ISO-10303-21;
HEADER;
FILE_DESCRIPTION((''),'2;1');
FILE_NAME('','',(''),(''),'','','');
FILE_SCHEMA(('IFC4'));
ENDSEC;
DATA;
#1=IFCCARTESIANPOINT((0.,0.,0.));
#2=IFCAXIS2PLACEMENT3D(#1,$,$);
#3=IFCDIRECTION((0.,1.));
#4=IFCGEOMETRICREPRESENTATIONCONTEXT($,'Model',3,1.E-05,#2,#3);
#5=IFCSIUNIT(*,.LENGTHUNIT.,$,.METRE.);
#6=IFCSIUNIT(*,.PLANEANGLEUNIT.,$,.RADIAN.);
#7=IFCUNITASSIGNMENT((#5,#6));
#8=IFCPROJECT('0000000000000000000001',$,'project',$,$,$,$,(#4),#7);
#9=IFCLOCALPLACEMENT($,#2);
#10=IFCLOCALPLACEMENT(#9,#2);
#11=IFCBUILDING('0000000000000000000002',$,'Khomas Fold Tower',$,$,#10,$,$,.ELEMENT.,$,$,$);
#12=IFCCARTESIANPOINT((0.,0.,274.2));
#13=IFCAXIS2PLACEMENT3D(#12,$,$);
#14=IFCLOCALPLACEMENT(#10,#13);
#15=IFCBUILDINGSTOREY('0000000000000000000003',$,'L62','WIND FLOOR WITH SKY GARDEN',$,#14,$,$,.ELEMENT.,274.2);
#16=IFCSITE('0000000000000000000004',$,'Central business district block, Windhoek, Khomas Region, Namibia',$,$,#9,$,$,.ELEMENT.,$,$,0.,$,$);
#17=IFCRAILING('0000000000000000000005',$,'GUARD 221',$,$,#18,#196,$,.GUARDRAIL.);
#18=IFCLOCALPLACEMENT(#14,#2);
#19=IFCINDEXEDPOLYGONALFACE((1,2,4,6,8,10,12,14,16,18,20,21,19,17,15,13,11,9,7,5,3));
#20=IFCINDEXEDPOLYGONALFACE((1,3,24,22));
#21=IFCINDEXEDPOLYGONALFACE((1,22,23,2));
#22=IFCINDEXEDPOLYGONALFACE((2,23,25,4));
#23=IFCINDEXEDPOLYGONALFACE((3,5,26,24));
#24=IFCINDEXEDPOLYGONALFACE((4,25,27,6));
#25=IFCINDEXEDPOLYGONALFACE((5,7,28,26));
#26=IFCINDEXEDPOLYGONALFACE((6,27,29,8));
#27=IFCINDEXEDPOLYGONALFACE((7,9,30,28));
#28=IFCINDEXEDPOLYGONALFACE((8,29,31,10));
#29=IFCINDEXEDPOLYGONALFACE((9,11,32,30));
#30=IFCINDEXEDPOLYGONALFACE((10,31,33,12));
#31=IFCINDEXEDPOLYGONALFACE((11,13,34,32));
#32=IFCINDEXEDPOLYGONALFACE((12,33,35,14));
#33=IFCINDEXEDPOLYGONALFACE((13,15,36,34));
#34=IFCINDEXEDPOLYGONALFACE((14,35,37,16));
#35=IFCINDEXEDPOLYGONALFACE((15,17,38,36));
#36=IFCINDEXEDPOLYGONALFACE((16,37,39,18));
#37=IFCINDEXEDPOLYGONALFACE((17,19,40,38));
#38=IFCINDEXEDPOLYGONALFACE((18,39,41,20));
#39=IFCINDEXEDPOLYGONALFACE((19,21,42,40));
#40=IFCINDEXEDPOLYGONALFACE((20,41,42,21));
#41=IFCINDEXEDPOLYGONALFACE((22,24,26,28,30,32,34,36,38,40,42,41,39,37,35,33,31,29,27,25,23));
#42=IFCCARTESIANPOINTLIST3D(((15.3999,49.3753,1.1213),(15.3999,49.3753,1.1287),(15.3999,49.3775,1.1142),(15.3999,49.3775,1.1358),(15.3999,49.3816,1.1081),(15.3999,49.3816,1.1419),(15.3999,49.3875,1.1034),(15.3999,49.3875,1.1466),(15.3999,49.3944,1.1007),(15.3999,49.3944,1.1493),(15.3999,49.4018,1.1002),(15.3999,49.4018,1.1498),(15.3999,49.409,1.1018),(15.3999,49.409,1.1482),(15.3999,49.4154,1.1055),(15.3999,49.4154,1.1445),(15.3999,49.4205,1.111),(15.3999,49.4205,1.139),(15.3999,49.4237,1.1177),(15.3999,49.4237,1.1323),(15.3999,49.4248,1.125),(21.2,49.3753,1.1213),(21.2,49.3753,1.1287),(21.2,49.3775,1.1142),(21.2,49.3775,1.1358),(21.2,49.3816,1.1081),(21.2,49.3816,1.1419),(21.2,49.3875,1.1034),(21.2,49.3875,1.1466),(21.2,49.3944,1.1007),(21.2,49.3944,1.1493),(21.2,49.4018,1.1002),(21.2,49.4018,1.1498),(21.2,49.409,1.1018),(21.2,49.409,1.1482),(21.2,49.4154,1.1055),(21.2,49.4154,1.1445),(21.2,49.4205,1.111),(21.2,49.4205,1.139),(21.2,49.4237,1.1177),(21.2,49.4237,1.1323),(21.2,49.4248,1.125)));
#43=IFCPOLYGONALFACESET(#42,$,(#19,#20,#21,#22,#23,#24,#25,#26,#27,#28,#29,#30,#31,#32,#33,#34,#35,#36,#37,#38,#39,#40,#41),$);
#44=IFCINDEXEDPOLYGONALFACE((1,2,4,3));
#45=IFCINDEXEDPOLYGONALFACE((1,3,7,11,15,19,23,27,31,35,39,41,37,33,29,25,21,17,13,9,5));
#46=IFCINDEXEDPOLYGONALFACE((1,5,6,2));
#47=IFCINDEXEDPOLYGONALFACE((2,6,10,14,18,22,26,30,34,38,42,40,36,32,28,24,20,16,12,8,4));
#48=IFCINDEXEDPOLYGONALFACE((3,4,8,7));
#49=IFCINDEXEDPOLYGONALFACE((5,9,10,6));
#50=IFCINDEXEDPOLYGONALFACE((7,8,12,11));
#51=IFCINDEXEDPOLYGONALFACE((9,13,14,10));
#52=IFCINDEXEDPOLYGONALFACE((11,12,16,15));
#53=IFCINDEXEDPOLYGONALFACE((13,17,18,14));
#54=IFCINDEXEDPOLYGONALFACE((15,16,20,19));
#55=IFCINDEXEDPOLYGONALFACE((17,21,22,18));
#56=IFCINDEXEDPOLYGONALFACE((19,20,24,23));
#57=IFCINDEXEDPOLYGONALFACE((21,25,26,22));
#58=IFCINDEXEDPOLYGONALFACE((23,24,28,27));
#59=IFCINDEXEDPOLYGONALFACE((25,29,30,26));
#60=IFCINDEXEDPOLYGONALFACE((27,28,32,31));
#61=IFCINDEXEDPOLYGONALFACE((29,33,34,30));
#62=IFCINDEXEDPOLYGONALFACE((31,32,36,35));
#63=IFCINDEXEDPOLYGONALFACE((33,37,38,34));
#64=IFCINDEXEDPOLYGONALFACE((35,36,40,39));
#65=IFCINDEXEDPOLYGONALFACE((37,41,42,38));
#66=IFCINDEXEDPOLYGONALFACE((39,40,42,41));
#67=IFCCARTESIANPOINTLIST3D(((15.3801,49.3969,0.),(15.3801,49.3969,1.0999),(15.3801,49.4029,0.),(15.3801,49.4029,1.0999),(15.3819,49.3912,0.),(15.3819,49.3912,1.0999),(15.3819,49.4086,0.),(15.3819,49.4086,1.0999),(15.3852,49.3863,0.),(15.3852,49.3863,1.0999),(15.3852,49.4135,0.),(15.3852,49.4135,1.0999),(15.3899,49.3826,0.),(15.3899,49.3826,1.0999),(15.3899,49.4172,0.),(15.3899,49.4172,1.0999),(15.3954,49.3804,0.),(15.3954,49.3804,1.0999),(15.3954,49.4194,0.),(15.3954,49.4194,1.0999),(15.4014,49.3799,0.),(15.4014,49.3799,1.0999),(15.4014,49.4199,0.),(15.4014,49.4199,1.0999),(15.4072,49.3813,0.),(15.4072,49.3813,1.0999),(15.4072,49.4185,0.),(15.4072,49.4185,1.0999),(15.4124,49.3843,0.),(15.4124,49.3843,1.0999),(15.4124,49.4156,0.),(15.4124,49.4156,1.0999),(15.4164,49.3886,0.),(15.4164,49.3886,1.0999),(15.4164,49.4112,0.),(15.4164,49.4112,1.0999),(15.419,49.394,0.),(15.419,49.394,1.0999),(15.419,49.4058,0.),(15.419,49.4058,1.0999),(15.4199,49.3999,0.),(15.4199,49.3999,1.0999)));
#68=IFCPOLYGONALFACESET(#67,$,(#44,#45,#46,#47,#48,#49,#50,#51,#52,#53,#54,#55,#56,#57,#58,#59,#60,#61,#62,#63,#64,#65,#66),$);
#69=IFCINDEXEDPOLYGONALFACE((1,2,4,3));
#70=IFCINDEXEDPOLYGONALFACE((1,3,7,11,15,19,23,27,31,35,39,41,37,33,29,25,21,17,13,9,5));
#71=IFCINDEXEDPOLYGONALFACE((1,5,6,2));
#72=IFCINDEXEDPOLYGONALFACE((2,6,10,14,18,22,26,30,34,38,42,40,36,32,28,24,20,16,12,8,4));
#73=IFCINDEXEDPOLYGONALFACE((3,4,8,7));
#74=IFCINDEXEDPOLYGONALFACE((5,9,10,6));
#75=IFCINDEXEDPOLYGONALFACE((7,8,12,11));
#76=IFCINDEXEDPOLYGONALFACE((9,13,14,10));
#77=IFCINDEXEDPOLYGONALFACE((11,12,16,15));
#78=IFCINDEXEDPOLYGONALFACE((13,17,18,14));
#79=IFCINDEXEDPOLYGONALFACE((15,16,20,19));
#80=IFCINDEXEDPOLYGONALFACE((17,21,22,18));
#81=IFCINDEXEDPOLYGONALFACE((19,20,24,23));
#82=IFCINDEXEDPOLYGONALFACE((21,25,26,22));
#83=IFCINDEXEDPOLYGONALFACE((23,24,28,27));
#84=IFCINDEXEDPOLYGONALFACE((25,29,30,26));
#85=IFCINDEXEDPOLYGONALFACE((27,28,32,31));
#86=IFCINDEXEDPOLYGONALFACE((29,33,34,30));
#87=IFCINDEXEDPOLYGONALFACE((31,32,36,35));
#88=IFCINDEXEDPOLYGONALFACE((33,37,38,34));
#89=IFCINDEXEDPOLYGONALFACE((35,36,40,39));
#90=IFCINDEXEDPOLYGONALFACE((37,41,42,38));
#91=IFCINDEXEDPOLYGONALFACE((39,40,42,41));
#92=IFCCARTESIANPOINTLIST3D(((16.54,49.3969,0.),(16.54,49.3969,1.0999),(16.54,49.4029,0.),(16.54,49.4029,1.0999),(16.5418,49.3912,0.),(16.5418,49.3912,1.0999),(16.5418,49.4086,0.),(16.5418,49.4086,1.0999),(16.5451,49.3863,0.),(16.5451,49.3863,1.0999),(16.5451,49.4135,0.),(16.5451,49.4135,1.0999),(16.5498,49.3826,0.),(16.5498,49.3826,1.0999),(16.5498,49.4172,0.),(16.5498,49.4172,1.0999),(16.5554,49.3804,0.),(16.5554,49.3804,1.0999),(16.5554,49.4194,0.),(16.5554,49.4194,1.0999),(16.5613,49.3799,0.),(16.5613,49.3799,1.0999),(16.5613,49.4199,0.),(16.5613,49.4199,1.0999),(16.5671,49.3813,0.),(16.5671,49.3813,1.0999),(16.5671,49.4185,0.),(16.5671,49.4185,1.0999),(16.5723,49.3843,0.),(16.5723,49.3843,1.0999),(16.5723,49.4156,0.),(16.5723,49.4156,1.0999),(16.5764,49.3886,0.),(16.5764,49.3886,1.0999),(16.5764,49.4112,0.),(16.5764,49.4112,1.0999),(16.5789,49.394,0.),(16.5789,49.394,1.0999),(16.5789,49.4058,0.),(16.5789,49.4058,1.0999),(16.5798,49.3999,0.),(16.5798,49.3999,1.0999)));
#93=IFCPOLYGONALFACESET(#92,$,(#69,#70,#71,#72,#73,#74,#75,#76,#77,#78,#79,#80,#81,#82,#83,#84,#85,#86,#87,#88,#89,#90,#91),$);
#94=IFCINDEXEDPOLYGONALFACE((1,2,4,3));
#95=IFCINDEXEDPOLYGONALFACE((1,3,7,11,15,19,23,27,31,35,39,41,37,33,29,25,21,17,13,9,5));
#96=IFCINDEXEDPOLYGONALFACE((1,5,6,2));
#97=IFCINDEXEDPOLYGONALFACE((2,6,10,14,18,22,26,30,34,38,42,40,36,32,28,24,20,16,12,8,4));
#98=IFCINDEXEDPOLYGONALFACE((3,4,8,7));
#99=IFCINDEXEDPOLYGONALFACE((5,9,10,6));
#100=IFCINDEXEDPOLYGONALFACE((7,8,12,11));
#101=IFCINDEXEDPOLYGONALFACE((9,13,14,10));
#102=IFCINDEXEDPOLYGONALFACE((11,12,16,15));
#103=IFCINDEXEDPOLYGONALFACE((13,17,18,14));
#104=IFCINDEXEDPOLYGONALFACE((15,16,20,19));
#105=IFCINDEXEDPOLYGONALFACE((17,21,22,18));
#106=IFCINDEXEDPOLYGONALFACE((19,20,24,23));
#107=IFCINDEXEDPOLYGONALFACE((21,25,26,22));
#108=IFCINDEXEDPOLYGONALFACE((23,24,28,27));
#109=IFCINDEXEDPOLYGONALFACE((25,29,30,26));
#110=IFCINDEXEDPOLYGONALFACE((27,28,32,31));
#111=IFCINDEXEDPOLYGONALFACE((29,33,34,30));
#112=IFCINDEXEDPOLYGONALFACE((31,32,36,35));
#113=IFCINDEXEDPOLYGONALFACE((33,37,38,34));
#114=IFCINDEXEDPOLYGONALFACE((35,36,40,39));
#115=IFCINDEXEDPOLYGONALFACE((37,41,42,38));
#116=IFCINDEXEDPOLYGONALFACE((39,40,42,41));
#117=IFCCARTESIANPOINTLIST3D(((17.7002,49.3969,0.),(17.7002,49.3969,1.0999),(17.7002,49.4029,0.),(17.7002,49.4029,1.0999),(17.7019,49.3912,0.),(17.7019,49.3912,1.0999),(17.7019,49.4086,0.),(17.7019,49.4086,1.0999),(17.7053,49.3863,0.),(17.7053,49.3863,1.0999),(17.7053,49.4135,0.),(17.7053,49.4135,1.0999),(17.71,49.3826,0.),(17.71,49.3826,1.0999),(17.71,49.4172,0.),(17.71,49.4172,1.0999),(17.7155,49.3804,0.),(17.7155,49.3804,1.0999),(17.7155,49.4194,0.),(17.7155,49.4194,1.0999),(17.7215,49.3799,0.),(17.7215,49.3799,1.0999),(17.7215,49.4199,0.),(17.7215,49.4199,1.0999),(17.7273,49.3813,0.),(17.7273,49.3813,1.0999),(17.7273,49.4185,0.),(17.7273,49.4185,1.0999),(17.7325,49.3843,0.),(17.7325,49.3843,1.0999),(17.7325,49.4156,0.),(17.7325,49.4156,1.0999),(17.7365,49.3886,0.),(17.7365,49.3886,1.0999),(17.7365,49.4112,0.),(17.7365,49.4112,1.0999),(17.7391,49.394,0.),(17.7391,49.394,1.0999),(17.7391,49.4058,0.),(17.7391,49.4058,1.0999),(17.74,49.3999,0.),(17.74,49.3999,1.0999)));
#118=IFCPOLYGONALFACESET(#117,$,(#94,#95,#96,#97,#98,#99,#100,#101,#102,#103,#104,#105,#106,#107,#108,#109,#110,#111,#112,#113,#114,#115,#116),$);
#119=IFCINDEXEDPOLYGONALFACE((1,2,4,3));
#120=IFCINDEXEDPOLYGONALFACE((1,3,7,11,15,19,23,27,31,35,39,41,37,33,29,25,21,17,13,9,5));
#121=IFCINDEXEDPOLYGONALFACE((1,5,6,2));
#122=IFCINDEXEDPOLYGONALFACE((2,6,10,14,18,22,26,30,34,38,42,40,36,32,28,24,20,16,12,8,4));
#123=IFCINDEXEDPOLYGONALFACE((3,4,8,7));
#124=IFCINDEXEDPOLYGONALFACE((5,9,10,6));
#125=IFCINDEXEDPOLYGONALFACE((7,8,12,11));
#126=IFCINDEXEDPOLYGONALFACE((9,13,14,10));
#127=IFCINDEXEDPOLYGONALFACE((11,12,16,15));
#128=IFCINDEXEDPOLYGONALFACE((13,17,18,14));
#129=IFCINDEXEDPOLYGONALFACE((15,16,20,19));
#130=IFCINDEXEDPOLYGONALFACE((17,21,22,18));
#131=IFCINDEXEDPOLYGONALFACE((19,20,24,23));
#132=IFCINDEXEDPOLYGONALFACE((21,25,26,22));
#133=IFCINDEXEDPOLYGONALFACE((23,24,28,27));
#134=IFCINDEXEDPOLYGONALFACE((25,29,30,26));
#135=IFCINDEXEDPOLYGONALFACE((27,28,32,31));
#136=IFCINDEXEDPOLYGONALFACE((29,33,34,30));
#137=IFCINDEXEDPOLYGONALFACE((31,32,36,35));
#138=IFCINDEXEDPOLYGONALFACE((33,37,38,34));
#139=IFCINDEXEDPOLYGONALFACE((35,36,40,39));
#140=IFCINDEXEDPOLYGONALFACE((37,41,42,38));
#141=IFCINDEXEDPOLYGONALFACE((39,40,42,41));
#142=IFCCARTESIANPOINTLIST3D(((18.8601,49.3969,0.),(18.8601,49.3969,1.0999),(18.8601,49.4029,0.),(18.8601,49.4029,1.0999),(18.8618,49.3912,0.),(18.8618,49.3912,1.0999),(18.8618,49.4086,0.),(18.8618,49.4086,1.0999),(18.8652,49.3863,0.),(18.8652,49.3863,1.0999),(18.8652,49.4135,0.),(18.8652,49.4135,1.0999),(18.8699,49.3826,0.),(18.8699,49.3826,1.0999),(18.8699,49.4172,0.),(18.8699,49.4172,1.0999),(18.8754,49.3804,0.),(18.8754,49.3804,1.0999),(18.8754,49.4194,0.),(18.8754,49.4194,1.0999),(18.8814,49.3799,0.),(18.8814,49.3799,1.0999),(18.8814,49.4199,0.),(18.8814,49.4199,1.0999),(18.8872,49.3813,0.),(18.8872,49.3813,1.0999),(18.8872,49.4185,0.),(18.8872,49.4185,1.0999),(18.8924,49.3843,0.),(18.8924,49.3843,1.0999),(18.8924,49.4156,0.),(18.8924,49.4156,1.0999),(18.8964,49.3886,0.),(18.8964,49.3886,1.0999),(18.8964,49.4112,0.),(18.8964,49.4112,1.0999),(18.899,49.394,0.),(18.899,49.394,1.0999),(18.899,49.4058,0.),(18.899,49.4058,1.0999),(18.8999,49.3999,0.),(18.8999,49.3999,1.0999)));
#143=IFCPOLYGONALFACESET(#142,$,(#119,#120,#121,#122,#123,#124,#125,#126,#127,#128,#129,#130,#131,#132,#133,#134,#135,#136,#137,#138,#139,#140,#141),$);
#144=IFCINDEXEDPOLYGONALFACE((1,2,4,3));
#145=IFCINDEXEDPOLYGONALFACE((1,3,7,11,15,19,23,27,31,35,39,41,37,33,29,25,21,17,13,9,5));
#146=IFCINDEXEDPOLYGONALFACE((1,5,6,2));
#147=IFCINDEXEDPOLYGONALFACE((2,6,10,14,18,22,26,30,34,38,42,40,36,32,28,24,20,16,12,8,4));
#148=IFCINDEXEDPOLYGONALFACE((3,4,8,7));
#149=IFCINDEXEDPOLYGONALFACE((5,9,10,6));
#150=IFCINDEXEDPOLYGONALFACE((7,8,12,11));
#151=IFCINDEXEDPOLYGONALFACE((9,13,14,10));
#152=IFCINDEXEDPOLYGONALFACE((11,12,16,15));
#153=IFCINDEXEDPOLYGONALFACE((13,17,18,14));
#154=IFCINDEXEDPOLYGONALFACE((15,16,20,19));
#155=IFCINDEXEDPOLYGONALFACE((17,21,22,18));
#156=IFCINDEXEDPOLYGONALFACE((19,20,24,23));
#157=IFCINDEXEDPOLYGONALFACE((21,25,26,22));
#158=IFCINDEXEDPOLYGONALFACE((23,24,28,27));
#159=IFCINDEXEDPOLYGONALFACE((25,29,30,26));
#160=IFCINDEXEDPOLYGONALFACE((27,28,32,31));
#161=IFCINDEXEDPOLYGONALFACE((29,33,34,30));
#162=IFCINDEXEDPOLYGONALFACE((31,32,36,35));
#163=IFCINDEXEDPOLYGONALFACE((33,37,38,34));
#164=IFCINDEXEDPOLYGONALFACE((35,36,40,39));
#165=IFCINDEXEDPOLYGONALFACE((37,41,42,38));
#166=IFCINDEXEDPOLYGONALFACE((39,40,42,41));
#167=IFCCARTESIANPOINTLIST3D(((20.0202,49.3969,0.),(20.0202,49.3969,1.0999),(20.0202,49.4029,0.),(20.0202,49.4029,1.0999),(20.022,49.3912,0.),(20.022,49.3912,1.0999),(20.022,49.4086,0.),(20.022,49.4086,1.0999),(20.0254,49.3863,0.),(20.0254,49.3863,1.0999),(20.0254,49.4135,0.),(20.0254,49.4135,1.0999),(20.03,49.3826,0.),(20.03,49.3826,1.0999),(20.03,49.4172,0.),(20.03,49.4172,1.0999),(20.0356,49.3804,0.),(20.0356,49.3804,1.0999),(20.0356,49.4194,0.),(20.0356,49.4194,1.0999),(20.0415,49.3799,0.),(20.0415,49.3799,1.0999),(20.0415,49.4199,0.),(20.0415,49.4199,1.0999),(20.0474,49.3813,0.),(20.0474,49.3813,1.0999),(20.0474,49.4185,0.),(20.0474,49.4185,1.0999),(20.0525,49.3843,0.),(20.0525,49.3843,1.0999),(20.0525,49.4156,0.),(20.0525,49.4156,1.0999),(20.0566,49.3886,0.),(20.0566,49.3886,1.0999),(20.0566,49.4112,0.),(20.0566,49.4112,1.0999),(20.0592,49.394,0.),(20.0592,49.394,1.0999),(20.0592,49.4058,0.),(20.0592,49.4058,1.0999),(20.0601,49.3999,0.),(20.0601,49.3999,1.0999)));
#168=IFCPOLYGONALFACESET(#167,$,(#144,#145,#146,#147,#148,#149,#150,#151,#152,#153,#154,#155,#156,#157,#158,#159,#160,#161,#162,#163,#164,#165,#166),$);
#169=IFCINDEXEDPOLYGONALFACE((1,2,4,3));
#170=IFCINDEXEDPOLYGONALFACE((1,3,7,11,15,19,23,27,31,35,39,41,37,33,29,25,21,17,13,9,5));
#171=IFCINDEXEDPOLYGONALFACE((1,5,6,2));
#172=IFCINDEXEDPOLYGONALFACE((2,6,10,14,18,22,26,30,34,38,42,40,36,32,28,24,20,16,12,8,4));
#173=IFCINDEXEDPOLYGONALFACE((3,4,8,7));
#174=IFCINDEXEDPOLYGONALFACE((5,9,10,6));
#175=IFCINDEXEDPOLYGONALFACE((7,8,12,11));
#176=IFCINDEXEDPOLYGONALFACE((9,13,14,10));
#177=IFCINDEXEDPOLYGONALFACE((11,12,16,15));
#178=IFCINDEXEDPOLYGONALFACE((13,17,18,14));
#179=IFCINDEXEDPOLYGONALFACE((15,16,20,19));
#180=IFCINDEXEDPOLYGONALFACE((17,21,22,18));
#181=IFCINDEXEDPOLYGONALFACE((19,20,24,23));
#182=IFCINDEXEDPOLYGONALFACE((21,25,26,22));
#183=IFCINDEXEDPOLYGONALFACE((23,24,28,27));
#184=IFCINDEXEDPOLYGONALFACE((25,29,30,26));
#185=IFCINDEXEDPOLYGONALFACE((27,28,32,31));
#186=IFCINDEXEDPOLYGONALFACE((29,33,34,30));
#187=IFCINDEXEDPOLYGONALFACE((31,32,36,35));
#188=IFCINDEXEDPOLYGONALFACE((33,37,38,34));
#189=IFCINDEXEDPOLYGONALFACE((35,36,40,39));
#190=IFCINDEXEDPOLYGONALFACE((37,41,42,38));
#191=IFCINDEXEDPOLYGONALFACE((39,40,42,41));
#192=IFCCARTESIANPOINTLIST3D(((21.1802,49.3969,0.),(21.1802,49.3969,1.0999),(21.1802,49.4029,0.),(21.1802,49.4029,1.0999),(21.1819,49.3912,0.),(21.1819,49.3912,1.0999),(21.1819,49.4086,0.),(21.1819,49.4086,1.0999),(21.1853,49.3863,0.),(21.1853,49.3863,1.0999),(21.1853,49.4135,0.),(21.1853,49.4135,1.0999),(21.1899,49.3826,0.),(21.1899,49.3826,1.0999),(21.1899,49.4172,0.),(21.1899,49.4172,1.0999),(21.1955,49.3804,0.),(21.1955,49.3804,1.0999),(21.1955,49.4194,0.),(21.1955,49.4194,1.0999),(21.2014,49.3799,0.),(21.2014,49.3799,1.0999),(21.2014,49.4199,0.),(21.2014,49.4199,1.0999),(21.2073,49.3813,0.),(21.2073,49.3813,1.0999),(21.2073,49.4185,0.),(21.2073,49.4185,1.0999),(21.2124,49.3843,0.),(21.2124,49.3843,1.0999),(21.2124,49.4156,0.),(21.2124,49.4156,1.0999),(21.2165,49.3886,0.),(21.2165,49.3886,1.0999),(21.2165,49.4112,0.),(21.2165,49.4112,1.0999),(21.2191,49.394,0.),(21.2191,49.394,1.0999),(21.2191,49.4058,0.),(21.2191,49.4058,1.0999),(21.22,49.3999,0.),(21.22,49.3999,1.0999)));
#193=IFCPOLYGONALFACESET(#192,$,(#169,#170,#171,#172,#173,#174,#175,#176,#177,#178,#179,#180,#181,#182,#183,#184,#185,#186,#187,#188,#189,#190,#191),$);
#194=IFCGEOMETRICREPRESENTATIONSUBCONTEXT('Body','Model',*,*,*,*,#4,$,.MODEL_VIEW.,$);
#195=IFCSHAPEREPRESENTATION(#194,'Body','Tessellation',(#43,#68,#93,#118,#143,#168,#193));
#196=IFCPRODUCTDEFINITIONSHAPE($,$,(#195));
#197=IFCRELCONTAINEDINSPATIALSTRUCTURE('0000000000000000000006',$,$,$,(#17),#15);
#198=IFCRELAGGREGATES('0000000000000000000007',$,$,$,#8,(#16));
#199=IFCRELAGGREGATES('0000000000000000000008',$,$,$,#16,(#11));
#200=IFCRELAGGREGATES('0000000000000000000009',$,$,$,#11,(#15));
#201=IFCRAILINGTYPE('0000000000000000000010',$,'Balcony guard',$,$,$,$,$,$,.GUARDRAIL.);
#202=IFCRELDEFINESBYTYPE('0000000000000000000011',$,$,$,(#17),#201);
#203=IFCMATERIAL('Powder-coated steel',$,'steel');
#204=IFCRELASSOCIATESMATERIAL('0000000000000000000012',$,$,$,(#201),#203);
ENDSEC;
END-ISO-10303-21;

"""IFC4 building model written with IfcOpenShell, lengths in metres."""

from ifc_helpers import new_model, si_unit, direction, frame, origin, origin_2d, place, context, subcontext, project, spatial, circle, extrude, source, transform, mapped, material, type_object, element, save


model = new_model("IFC4")

# Units and contexts
model_context = context("Model", 3, precision=1e-05, world=origin(), true_north=direction((0.0, 1.0)))
body_context = subcontext(model_context, "Body", "Model", "MODEL_VIEW")
ifc_project = project(units=[si_unit("LENGTHUNIT", "METRE"), si_unit("PLANEANGLEUNIT", "RADIAN")], contexts=[model_context])

# Site, building, storey
site_placement = place(None, origin())
site = spatial("IfcSite", under=ifc_project, at=site_placement, Name="Central business district block, Windhoek, Khomas Region, Namibia", CompositionType="ELEMENT", RefElevation=0.0)
building_placement = place(site_placement, origin())
building = spatial("IfcBuilding", under=site, at=building_placement, Name="Khomas Fold Tower", CompositionType="ELEMENT")
storey_placement = place(building_placement, frame((0.0, 0.0, 274.2)))
storey = spatial("IfcBuildingStorey", under=building, at=storey_placement, Name="L62", Description="WIND FLOOR WITH SKY GARDEN", CompositionType="ELEMENT", Elevation=274.2)

# Railing
ifc_material_1 = material(Name="Powder-coated steel", Category="steel")
railing_type_1 = type_object("IfcRailingType", Name="Balcony guard", PredefinedType="GUARDRAIL", material=ifc_material_1)
shared_shape_1 = source(origin(), body_context, "Body", "SweptSolid", [
    extrude(circle(Radius=0.0249, at=origin_2d()), frame((0.0, 0.0, 1.125), z_axis=(1.0, 0.0, 0.0), x_axis=(0.0, 1.0, 0.0)), (0.0, 0.0, 1.0), 5.8),
    extrude(circle(Radius=0.02, at=origin_2d()), origin(), (0.0, 0.0, 1.0), 1.0999),
    extrude(circle(Radius=0.02, at=origin_2d()), frame((1.1599, 0.0, 0.0)), (0.0, 0.0, 1.0), 1.0999),
    extrude(circle(Radius=0.02, at=origin_2d()), frame((2.3201, 0.0, 0.0)), (0.0, 0.0, 1.0), 1.0999),
    extrude(circle(Radius=0.02, at=origin_2d()), frame((3.48, 0.0, 0.0)), (0.0, 0.0, 1.0), 1.0999),
    extrude(circle(Radius=0.02, at=origin_2d()), frame((4.6401, 0.0, 0.0)), (0.0, 0.0, 1.0), 1.0999),
    extrude(circle(Radius=0.02, at=origin_2d()), frame((5.8, 0.0, 0.0)), (0.0, 0.0, 1.0), 1.0999),
])
railing_1_placement = place(storey_placement, frame((15.3999, 49.3999, 0.0)))
element("IfcRailing", 1, at=railing_1_placement, inside=storey, type_object=railing_type_1, Name="GUARD 221", PredefinedType="GUARDRAIL", context=body_context, shape_type="MappedRepresentation", body=[
    mapped(shared_shape_1, transform((0.0, 0.0, 0.0))),
])

save(model, "model.ifc")
